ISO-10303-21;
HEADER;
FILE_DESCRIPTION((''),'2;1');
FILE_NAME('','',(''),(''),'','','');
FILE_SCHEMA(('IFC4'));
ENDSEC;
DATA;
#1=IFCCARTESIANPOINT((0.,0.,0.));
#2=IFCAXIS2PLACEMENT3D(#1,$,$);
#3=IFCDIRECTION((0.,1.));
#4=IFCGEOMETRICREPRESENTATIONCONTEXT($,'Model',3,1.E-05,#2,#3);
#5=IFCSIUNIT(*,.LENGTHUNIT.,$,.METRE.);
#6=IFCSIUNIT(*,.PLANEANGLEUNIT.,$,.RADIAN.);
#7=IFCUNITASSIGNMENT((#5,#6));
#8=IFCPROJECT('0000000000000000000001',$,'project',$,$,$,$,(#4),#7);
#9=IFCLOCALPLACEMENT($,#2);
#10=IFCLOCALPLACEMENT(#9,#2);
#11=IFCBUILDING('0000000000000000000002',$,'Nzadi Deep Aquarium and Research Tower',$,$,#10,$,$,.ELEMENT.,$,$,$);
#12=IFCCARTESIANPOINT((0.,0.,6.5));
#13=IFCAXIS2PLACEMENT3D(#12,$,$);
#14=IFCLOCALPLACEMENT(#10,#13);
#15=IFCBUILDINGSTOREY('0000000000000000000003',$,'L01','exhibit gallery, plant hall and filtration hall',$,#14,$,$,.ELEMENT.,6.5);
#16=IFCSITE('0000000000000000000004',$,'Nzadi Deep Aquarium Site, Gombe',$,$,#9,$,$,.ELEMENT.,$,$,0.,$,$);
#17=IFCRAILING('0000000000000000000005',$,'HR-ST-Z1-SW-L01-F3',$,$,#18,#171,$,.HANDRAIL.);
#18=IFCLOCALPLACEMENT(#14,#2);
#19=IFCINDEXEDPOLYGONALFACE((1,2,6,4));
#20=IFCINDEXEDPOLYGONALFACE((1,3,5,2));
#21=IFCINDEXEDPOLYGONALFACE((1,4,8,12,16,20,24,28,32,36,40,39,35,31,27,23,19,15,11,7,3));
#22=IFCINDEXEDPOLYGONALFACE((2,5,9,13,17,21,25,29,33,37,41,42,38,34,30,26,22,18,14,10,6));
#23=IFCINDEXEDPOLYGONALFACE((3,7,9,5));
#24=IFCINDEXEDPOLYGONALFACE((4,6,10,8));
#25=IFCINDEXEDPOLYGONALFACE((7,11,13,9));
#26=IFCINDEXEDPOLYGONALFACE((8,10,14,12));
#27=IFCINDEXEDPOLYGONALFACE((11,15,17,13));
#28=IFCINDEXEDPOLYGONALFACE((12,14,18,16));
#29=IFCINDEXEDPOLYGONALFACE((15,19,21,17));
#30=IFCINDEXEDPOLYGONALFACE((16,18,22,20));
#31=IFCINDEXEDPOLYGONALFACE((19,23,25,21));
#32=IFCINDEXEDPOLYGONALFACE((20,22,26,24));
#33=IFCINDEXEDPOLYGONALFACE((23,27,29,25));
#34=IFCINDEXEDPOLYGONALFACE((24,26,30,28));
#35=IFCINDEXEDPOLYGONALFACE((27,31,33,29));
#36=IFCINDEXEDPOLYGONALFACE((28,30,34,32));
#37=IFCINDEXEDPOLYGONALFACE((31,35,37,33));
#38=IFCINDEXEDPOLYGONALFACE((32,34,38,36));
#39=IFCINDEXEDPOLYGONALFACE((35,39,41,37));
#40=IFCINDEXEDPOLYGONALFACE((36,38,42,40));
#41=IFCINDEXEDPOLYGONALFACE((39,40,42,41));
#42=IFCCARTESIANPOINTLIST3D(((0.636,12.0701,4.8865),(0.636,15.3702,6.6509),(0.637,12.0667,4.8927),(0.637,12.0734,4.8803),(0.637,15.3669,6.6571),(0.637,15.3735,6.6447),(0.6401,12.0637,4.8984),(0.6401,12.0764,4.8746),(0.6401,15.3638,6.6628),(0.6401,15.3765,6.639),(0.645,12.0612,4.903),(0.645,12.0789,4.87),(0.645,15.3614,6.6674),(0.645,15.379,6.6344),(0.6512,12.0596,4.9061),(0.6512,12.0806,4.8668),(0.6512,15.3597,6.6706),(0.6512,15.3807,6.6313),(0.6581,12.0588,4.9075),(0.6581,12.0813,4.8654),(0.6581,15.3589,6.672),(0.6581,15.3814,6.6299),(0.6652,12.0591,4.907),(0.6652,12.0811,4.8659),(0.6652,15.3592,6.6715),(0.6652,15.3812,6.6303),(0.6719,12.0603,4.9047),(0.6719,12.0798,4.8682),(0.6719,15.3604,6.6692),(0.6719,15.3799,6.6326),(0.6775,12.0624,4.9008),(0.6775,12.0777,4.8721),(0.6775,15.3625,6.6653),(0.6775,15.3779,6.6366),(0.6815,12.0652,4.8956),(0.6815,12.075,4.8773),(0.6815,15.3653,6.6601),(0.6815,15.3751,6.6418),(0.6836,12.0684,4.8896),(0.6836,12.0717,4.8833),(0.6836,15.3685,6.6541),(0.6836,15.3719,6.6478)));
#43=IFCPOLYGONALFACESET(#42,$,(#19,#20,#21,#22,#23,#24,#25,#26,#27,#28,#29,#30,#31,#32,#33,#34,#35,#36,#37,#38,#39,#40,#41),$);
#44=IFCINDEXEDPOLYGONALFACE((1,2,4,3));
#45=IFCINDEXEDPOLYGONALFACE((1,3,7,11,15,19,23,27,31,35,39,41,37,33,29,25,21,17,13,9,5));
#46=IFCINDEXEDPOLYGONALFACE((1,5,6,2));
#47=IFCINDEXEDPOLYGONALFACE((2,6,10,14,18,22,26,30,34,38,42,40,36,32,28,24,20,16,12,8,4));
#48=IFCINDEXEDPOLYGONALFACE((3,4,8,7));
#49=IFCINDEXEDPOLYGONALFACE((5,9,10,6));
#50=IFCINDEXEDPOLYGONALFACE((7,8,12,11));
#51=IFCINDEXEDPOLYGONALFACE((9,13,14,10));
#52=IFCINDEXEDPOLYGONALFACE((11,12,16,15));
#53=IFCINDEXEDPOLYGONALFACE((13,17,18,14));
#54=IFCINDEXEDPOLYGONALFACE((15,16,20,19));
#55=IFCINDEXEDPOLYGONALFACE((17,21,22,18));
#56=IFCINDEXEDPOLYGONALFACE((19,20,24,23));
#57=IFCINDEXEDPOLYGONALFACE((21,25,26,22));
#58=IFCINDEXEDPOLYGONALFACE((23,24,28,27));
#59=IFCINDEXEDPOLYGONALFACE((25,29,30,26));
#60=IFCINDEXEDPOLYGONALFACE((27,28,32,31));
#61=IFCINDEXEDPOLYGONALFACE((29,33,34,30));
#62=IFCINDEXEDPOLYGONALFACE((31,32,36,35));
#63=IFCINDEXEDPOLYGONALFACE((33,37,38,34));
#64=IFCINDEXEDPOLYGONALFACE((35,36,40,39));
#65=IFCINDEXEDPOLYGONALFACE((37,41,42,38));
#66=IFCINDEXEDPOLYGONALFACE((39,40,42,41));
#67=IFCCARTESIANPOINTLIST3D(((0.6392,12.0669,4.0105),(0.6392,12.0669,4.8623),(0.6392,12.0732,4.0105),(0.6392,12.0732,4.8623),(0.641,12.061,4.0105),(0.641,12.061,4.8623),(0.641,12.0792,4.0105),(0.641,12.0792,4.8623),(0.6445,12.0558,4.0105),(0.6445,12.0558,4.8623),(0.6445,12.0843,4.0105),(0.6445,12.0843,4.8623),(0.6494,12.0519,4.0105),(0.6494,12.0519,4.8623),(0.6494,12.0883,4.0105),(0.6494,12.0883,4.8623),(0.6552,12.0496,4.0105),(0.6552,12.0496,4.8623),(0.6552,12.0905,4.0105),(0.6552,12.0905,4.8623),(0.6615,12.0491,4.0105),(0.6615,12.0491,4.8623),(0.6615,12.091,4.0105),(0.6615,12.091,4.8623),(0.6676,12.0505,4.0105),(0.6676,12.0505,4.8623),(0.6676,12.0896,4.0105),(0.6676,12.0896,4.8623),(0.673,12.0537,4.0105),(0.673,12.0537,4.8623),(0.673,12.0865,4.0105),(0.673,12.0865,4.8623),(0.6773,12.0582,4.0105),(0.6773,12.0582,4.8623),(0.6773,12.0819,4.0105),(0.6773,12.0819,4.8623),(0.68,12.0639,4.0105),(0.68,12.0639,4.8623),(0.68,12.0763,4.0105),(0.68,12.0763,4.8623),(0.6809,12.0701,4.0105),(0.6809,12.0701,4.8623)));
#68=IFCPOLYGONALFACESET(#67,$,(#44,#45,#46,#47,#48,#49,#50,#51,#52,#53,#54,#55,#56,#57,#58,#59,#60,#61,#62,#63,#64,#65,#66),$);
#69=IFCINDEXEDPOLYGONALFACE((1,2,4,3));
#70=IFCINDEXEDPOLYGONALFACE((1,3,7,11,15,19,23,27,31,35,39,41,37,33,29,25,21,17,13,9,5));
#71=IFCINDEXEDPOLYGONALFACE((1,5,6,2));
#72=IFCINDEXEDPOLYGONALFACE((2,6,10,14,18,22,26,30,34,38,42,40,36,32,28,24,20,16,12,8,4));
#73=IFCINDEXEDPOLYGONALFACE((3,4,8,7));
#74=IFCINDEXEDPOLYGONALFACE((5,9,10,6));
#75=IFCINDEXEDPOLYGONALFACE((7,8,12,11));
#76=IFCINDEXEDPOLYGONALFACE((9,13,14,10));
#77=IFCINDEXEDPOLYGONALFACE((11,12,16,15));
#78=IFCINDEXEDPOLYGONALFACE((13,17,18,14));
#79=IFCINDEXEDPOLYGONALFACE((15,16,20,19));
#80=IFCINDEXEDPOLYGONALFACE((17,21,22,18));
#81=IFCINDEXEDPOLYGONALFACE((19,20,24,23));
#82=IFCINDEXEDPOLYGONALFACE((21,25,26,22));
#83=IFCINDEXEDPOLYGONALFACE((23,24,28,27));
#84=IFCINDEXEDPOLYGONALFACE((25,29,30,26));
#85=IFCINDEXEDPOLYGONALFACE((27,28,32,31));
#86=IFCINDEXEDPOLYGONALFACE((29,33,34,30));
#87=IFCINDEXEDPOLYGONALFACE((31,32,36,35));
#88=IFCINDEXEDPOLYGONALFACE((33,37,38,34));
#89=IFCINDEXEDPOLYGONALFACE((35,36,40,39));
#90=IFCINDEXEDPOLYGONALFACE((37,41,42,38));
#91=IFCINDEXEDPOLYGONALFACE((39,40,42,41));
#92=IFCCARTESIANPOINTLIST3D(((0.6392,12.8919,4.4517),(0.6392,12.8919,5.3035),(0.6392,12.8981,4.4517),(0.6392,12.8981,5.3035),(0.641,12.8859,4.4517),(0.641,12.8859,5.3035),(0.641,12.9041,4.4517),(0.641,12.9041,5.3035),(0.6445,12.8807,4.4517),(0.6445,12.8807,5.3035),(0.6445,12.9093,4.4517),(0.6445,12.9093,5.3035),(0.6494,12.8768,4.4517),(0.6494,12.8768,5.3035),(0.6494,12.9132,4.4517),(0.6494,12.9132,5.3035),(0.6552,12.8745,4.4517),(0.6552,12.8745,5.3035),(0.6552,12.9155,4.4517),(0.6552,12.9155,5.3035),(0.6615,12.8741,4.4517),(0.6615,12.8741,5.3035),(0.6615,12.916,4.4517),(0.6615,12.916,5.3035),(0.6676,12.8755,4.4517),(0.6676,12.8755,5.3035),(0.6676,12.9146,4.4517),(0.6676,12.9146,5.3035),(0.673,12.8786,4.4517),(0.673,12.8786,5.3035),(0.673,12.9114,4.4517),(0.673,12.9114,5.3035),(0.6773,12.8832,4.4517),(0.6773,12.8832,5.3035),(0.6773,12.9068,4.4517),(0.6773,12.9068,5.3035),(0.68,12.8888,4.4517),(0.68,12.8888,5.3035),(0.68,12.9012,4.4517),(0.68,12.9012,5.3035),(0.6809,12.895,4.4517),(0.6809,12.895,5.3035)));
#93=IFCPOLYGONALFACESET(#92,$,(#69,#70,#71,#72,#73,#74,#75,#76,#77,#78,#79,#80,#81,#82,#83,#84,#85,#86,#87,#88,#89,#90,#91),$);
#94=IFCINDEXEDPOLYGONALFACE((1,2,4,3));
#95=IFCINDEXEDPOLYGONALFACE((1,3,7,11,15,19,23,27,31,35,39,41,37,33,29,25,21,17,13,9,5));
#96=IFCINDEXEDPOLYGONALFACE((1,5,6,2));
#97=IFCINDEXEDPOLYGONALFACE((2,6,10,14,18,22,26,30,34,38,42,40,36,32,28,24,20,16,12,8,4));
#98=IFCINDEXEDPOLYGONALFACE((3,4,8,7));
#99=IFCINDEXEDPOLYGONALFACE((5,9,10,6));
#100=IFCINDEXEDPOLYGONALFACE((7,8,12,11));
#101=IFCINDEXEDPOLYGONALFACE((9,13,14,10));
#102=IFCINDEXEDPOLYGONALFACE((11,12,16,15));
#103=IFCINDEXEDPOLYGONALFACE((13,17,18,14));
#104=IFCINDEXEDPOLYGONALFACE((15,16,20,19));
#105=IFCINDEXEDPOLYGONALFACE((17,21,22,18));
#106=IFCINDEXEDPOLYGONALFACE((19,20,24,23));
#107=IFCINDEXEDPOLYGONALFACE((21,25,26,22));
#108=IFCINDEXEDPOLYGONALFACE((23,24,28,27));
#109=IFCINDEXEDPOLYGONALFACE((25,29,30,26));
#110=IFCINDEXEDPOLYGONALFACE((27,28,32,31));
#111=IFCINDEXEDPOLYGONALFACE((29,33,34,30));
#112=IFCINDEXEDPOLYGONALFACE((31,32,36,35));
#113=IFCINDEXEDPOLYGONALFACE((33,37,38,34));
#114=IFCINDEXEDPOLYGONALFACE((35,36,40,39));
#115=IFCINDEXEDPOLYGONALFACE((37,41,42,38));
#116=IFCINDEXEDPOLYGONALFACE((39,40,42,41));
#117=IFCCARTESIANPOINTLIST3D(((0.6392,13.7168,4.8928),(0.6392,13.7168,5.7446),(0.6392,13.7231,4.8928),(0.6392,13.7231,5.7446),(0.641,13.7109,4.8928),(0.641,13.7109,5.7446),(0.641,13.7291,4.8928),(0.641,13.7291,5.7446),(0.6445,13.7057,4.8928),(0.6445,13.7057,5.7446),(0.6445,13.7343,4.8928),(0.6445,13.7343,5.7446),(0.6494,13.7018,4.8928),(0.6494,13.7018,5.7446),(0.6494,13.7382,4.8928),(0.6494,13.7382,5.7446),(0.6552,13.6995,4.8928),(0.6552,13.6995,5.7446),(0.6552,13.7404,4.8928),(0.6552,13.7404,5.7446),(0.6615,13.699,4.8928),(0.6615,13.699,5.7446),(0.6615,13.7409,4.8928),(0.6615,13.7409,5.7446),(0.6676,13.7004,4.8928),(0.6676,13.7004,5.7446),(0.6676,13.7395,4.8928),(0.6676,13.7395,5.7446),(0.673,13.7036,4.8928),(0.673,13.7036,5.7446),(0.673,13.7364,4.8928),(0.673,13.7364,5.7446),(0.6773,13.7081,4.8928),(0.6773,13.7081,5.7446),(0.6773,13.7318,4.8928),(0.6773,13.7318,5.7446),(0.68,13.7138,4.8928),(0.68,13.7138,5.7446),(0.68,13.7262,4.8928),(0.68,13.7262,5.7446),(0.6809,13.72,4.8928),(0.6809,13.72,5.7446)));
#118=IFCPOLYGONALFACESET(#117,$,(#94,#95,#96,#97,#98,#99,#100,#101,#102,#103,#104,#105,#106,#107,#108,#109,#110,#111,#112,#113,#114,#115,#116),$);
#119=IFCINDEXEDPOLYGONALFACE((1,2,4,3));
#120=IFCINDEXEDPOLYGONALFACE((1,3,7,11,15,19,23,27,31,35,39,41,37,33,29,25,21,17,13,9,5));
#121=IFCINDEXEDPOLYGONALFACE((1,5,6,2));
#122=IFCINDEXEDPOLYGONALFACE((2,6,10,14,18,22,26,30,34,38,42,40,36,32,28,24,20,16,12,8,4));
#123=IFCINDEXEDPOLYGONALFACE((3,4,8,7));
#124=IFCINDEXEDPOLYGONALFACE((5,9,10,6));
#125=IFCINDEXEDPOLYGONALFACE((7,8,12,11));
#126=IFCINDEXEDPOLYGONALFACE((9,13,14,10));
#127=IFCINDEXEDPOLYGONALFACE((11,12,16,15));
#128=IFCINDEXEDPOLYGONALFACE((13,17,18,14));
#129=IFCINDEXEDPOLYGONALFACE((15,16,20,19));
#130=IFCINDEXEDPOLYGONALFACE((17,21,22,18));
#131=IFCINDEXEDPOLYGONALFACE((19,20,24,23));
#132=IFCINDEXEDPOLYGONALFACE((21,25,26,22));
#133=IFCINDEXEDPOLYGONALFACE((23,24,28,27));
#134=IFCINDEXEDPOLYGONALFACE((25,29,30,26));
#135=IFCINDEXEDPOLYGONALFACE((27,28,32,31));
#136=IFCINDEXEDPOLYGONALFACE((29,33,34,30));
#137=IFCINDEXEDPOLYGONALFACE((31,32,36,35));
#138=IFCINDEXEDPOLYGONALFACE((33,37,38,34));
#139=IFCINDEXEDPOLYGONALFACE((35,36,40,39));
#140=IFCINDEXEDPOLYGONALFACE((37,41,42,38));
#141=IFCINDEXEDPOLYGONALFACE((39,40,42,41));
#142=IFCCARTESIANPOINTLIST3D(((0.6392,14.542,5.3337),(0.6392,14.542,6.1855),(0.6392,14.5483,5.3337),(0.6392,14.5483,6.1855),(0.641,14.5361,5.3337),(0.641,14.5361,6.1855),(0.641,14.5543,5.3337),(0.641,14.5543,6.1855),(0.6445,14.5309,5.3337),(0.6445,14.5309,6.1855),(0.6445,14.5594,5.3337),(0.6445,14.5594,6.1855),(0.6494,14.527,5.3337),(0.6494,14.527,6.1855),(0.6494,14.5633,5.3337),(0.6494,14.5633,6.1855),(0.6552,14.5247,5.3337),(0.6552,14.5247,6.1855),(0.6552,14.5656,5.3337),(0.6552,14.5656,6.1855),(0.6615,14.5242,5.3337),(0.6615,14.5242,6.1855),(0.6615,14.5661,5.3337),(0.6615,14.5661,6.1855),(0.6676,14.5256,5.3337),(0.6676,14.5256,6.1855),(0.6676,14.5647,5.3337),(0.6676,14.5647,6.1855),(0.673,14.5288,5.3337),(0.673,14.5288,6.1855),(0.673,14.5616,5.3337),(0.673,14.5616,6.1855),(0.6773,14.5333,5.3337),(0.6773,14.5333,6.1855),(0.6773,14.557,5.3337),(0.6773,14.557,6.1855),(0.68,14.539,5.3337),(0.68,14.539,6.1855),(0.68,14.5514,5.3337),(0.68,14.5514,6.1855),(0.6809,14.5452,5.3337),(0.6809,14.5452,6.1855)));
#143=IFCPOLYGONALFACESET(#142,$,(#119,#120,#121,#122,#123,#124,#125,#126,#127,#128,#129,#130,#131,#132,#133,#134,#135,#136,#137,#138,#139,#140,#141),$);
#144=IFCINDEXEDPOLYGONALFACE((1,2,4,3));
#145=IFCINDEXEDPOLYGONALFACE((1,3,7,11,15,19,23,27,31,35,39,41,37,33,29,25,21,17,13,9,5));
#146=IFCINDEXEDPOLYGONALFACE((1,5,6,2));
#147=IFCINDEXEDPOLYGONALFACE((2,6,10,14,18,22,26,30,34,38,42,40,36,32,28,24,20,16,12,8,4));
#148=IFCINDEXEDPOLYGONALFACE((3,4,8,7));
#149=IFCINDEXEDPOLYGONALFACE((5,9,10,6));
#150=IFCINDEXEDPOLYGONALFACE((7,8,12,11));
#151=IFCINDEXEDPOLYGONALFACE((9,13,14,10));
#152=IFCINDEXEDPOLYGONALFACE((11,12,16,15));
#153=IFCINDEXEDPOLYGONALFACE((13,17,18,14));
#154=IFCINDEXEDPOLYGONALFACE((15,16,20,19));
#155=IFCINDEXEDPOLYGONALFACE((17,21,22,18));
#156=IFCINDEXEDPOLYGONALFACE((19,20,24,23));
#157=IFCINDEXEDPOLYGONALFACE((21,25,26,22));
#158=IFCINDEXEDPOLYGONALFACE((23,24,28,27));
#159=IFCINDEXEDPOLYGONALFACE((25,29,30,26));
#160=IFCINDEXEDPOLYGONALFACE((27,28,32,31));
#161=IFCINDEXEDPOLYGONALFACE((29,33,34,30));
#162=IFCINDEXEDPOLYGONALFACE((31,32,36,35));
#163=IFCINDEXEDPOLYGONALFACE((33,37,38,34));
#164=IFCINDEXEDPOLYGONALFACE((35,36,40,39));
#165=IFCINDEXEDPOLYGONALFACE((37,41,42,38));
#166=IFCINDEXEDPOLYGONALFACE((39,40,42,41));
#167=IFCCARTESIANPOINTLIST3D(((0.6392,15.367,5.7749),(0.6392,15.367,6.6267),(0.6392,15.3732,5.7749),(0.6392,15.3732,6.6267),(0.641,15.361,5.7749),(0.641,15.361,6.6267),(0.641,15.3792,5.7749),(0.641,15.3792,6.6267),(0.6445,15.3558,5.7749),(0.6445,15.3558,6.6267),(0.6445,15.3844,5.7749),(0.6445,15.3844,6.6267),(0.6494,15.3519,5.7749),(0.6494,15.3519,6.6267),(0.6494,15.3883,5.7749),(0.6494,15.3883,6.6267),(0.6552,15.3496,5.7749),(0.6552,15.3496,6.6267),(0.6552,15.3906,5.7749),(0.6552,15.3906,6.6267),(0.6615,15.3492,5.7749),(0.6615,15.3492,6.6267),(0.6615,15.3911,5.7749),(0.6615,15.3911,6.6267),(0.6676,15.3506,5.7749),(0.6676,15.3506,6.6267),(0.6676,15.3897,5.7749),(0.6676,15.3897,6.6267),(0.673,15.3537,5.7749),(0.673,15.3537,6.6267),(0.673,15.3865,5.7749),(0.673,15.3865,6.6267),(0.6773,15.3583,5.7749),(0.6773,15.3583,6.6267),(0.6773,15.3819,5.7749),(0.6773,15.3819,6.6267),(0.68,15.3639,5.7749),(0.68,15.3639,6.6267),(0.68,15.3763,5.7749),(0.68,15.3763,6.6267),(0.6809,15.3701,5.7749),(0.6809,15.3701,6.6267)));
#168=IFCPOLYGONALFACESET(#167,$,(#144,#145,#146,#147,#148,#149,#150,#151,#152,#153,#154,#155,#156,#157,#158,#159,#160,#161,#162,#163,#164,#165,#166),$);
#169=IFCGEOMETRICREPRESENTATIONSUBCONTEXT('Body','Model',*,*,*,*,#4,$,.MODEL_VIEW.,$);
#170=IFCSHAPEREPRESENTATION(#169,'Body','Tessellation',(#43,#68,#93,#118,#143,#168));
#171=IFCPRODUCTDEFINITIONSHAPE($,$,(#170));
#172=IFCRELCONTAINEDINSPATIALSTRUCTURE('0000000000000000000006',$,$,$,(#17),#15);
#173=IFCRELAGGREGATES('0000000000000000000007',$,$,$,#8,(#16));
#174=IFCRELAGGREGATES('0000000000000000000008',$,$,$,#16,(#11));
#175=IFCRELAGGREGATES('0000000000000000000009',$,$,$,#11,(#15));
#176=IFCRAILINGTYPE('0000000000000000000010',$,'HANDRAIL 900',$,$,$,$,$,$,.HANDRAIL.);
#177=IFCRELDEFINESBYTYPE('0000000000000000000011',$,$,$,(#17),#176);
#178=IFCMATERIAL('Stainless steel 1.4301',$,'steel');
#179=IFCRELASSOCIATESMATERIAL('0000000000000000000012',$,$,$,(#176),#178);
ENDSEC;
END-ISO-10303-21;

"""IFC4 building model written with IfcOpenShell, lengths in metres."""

from ifc_helpers import new_model, si_unit, direction, frame, origin, origin_2d, place, context, subcontext, project, spatial, circle, extrude, material, type_object, element, save


model = new_model("IFC4")

# Units and contexts
model_context = context("Model", 3, precision=1e-05, world=origin(), true_north=direction((0.0, 1.0)))
body_context = subcontext(model_context, "Body", "Model", "MODEL_VIEW")
ifc_project = project(units=[si_unit("LENGTHUNIT", "METRE"), si_unit("PLANEANGLEUNIT", "RADIAN")], contexts=[model_context])

# Site, building, storey
site_placement = place(None, origin())
site = spatial("IfcSite", under=ifc_project, at=site_placement, Name="Nzadi Deep Aquarium Site, Gombe", CompositionType="ELEMENT", RefElevation=0.0)
building_placement = place(site_placement, origin())
building = spatial("IfcBuilding", under=site, at=building_placement, Name="Nzadi Deep Aquarium and Research Tower", CompositionType="ELEMENT")
storey_placement = place(building_placement, frame((0.0, 0.0, 6.5)))
storey = spatial("IfcBuildingStorey", under=building, at=storey_placement, Name="L01", Description="exhibit gallery, plant hall and filtration hall", CompositionType="ELEMENT", Elevation=6.5)

# Railing
ifc_material_1 = material(Name="Stainless steel 1.4301", Category="steel")
railing_type = type_object("IfcRailingType", Name="HANDRAIL 900", PredefinedType="HANDRAIL", material=ifc_material_1)
for number, where, name in (
    (1, (0.6599, 12.0701, 4.0105), "HR-ST-Z1-SW-L01-F3"),
):
    element("IfcRailing", number, at=place(storey_placement, frame(where)), inside=storey, type_object=railing_type, Name=name, PredefinedType="HANDRAIL", context=body_context, shape_type="SweptSolid", body=[
        extrude(circle(Radius=0.0239, at=origin_2d()), frame((0.0, 0.0, 0.876), z_axis=(0.0, 0.881867, 0.471499), x_axis=(-1.0, 0.0, 0.0)), (0.0, 0.0, 1.0), 3.7422),
        extrude(circle(Radius=0.021, at=origin_2d()), origin(), (0.0, 0.0, 1.0), 0.8518),
        extrude(circle(Radius=0.021, at=origin_2d()), frame((0.0, 0.825, 0.4412)), (0.0, 0.0, 1.0), 0.8518),
        extrude(circle(Radius=0.021, at=origin_2d()), frame((0.0, 1.6499, 0.8823)), (0.0, 0.0, 1.0), 0.8518),
        extrude(circle(Radius=0.021, at=origin_2d()), frame((0.0, 2.4751, 1.3232)), (0.0, 0.0, 1.0), 0.8518),
        extrude(circle(Radius=0.021, at=origin_2d()), frame((0.0, 3.3, 1.7644)), (0.0, 0.0, 1.0), 0.8518),
    ])

save(model, "model.ifc")
